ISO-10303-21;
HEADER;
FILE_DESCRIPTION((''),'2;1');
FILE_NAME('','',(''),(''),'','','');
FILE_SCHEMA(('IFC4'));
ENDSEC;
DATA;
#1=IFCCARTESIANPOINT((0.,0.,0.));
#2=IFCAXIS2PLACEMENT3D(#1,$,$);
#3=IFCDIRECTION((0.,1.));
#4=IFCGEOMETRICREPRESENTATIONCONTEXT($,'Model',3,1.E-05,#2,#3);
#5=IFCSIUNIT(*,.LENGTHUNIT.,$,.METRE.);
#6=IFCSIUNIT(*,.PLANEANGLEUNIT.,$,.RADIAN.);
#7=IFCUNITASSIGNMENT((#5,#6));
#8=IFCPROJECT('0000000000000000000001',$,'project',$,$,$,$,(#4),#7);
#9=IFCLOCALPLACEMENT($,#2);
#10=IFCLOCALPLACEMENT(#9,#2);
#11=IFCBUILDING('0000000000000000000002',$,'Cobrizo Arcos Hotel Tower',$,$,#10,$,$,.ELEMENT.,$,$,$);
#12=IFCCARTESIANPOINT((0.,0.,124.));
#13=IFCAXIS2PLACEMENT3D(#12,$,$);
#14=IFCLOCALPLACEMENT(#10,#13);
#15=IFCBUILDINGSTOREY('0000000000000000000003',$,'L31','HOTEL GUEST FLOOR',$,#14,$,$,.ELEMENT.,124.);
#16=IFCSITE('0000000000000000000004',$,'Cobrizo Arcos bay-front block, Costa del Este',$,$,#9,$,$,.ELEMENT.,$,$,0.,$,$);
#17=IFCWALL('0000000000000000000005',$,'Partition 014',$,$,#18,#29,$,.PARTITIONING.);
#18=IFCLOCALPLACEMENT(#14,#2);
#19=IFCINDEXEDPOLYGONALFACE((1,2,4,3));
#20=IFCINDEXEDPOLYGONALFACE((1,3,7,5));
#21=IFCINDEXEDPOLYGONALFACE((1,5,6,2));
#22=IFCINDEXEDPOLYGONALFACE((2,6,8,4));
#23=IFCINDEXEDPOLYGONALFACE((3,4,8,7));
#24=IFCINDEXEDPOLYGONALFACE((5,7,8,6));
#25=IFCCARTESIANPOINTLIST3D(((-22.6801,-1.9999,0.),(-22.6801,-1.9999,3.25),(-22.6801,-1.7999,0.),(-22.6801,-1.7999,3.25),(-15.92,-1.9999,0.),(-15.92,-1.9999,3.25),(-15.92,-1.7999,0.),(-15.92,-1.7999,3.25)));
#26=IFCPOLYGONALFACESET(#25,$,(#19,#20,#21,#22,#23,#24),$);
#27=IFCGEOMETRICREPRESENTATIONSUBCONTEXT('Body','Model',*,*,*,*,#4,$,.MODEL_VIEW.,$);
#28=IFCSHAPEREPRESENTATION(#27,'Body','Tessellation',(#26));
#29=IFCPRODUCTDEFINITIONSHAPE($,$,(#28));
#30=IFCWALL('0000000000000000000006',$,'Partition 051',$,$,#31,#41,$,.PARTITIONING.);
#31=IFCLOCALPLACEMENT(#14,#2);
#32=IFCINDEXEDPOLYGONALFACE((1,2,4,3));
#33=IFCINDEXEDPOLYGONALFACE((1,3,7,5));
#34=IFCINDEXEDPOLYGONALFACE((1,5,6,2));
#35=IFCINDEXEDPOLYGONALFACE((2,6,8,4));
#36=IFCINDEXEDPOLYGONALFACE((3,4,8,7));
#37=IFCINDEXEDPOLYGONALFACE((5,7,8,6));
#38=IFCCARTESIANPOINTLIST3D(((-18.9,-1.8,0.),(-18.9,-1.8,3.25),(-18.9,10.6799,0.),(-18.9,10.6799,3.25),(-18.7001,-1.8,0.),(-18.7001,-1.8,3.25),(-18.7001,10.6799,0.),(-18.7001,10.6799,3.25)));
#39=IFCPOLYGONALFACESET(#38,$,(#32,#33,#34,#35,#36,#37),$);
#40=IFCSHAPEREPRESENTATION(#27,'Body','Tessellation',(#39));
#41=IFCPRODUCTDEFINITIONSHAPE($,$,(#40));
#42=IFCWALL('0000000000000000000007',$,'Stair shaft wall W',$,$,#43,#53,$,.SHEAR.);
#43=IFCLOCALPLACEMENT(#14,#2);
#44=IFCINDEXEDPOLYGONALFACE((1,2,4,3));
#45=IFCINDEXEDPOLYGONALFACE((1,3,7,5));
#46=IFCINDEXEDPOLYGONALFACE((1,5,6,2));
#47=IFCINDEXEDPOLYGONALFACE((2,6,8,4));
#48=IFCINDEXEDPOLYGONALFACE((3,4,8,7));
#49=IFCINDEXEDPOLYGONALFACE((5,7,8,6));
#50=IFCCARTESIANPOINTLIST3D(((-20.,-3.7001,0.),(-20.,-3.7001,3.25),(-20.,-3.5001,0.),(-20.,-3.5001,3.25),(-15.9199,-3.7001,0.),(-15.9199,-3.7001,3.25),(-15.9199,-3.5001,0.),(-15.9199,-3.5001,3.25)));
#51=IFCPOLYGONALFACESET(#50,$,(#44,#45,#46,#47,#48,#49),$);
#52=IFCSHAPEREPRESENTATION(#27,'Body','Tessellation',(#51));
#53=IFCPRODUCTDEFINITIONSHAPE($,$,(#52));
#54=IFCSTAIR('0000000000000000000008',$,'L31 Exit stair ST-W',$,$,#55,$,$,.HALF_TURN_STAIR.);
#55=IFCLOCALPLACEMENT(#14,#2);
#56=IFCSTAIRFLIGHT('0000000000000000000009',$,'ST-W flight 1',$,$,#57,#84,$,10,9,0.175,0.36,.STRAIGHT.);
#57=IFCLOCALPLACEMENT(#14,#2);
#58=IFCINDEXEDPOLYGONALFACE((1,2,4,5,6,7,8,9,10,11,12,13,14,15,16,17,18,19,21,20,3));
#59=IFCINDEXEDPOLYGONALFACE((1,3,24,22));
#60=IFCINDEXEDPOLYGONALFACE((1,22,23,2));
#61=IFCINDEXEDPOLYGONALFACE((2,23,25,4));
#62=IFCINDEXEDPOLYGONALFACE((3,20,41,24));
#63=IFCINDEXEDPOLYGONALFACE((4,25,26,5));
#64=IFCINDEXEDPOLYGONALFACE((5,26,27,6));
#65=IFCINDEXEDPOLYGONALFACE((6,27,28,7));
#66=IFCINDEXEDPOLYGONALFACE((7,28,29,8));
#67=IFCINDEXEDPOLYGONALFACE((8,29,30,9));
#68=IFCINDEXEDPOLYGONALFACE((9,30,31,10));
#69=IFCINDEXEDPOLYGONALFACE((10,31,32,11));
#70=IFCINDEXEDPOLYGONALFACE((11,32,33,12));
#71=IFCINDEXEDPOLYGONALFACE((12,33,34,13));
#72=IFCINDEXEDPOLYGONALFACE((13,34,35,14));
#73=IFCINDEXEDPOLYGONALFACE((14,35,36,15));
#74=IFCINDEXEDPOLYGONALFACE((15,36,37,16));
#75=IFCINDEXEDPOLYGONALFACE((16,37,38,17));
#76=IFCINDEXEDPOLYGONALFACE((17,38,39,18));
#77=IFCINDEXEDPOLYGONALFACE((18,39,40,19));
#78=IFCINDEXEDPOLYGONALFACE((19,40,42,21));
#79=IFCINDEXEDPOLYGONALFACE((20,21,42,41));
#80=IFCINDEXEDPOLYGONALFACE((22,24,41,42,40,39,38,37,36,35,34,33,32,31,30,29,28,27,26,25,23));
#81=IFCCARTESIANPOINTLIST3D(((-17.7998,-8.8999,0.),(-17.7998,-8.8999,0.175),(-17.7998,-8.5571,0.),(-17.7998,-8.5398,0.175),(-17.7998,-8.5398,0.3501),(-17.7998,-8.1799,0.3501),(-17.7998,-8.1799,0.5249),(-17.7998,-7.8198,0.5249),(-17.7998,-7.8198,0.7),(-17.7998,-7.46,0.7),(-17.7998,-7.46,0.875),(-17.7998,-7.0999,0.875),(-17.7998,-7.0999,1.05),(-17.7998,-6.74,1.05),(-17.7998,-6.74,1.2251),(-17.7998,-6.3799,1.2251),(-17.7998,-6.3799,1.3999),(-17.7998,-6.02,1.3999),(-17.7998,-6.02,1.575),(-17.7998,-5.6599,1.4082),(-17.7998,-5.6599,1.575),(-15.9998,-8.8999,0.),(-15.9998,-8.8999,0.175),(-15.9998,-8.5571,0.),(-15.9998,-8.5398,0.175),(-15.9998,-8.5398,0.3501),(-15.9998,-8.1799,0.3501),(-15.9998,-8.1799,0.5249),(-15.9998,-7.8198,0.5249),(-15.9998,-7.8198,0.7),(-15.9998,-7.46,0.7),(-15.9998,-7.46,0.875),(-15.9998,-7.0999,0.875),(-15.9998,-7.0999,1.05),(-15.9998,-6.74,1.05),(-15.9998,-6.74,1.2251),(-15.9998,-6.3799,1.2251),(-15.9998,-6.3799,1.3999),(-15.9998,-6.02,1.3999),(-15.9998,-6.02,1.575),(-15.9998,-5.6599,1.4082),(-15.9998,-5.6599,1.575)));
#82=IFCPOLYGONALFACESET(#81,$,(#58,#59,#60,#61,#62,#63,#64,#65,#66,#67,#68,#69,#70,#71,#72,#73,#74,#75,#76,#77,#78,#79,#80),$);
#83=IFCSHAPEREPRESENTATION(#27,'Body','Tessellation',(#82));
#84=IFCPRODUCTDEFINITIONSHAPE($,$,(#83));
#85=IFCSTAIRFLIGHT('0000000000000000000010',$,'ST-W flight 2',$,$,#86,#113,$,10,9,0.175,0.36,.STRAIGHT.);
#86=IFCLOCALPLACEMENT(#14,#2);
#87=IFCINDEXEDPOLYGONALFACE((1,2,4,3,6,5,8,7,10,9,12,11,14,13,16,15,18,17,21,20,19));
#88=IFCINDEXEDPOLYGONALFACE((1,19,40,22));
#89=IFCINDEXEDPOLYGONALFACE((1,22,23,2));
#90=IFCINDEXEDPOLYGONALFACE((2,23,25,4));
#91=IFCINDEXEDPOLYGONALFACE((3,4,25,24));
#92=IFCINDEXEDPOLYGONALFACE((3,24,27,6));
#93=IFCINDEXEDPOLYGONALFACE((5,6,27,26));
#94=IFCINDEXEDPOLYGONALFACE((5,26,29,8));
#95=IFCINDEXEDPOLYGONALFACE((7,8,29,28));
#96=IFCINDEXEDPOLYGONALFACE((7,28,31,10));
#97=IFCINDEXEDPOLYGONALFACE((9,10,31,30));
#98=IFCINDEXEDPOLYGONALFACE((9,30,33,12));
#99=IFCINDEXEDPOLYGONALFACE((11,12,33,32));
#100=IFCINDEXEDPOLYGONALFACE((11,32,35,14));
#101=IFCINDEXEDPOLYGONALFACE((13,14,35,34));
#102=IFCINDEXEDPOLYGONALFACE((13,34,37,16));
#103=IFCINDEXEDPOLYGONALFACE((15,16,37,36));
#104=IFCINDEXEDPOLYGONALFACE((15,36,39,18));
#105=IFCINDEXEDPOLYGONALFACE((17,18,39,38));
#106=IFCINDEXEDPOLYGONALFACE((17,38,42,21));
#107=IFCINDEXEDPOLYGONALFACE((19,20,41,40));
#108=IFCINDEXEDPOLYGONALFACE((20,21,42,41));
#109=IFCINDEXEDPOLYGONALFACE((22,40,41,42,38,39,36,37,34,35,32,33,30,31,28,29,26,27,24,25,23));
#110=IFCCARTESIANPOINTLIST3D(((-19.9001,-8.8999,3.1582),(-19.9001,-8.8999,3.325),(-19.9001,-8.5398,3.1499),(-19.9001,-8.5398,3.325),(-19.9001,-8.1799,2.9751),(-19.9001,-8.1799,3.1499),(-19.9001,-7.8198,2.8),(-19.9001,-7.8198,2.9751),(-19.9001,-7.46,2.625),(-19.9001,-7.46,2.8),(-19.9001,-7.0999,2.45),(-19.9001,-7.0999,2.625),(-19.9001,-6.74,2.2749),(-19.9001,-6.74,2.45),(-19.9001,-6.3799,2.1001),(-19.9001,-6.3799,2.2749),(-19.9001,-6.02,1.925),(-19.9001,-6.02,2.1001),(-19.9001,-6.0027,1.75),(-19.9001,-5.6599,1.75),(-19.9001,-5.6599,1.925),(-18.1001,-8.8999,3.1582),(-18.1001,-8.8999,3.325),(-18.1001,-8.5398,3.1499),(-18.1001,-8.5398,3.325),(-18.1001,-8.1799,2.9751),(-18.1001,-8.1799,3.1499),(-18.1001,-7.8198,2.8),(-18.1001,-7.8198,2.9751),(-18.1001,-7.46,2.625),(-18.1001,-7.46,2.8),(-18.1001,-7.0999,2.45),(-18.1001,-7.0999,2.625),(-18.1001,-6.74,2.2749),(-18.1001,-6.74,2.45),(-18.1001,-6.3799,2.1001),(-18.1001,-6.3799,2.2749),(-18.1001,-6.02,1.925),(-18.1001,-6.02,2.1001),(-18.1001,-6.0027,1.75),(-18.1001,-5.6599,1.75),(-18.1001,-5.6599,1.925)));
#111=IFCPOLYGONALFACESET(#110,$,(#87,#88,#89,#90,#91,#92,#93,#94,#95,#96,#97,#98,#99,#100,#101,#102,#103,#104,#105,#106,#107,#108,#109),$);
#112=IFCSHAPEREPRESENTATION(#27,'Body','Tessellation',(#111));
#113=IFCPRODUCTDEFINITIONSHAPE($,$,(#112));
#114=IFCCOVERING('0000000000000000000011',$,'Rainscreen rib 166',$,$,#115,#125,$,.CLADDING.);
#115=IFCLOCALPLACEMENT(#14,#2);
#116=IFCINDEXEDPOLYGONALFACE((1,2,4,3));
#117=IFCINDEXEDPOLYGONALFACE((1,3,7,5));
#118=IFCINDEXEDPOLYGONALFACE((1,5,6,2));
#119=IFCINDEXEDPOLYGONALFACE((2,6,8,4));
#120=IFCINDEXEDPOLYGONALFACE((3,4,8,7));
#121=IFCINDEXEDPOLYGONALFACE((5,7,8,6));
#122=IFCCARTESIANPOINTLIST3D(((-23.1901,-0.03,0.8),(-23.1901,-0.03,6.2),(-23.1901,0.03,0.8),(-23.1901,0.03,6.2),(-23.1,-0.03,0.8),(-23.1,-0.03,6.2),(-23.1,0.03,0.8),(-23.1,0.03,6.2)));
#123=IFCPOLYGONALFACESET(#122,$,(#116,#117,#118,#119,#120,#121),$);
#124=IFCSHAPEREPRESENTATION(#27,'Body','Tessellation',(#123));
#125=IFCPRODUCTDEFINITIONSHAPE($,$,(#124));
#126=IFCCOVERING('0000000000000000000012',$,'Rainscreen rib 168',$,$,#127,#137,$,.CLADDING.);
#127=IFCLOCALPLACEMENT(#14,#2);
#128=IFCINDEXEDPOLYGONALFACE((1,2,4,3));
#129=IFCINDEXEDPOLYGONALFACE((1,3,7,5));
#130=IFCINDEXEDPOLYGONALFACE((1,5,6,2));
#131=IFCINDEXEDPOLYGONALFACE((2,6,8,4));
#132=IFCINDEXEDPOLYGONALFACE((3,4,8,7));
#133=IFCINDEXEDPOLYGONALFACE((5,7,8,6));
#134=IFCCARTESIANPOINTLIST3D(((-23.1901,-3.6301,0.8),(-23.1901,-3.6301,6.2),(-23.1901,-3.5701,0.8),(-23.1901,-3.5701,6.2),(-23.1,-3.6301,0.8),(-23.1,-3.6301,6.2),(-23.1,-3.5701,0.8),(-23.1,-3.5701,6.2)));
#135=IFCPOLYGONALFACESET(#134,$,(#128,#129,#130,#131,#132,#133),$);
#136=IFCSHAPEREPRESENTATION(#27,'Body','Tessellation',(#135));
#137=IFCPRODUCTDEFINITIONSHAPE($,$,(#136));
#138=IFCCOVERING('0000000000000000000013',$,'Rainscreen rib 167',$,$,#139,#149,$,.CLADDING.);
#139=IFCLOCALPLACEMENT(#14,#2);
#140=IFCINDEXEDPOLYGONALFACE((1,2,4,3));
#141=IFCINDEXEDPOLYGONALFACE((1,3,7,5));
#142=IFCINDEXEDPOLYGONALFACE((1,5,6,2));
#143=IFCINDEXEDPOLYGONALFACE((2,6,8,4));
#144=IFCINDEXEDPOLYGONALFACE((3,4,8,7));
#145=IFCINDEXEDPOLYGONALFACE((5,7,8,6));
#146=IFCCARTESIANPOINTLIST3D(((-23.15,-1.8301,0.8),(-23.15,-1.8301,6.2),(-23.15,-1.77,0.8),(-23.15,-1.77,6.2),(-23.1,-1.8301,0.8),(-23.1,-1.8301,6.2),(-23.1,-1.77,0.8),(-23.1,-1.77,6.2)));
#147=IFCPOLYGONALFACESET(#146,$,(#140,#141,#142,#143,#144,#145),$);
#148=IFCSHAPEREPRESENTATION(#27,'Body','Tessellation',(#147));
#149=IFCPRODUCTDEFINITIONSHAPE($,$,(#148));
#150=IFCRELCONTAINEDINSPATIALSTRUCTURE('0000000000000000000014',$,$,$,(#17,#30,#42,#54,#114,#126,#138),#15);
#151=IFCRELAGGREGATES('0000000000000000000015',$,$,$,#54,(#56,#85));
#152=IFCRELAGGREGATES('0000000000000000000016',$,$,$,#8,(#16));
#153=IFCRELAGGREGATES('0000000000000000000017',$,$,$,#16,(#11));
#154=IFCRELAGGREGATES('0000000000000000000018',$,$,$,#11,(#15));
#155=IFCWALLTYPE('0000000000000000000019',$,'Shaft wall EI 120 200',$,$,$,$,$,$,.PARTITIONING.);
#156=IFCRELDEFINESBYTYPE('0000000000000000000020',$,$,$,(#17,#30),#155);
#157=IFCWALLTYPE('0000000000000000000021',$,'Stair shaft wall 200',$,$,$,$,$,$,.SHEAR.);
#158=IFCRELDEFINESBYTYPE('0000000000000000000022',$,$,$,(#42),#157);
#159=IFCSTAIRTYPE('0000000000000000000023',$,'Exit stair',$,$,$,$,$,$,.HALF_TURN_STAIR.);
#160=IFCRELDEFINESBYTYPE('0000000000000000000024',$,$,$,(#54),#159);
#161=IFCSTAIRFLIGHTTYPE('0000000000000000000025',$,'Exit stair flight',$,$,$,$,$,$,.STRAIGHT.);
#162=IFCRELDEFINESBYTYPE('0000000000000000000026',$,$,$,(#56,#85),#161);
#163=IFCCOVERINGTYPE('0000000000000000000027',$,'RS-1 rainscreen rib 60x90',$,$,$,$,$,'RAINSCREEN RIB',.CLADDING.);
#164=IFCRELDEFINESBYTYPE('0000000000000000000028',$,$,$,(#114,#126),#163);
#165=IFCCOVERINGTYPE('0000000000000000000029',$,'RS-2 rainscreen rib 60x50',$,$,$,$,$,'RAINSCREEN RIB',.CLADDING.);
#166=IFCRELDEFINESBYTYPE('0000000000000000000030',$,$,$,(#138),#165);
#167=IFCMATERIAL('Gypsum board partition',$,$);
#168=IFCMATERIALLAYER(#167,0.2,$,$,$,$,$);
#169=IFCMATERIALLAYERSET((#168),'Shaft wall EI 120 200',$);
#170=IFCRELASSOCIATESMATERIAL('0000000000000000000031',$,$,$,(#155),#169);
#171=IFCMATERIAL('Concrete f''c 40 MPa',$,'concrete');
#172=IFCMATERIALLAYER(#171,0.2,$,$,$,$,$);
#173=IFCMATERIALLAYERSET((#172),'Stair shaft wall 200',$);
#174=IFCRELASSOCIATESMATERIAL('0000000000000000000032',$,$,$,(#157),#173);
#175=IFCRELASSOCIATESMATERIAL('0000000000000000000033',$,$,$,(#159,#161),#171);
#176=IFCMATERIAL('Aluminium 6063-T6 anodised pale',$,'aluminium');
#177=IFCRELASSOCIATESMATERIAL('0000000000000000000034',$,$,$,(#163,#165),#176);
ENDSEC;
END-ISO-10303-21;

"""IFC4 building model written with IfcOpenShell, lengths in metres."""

from ifc_helpers import new_model, si_unit, direction, frame, frame_2d, origin, origin_2d, place, context, subcontext, project, spatial, polyline, rectangle, outline, extrude, material, layer, layer_set, type_object, element, aggregate, save


model = new_model("IFC4")

# Units and contexts
model_context = context("Model", 3, precision=1e-05, world=origin(), true_north=direction((0.0, 1.0)))
body_context = subcontext(model_context, "Body", "Model", "MODEL_VIEW")
ifc_project = project(units=[si_unit("LENGTHUNIT", "METRE"), si_unit("PLANEANGLEUNIT", "RADIAN")], contexts=[model_context])

# Site, building, storey
site_placement = place(None, origin())
site = spatial("IfcSite", under=ifc_project, at=site_placement, Name="Cobrizo Arcos bay-front block, Costa del Este", CompositionType="ELEMENT", RefElevation=0.0)
building_placement = place(site_placement, origin())
building = spatial("IfcBuilding", under=site, at=building_placement, Name="Cobrizo Arcos Hotel Tower", CompositionType="ELEMENT")
storey_placement = place(building_placement, frame((0.0, 0.0, 124.0)))
storey = spatial("IfcBuildingStorey", under=building, at=storey_placement, Name="L31", Description="HOTEL GUEST FLOOR", CompositionType="ELEMENT", Elevation=124.0)

# Walls
ifc_material_1 = material(Name="Gypsum board partition")
ifc_layer_1 = layer(ifc_material_1, 0.2)
ifc_layer_set_1 = layer_set([ifc_layer_1], Name="Shaft wall EI 120 200")
wall_type_1 = type_object("IfcWallType", Name="Shaft wall EI 120 200", PredefinedType="PARTITIONING", material=ifc_layer_set_1)
wall_1_placement = place(storey_placement, frame((-22.6799, -1.8999, 0.0), z_axis=(0.0, 0.0, 1.0), x_axis=(1.0, 0.0, 0.0)))
element("IfcWall", 1, at=wall_1_placement, inside=storey, type_object=wall_type_1, Name="Partition 014", PredefinedType="PARTITIONING", context=body_context, shape_type="SweptSolid", body=[
    extrude(rectangle(XDim=6.76, YDim=0.2, at=frame_2d((3.3799, 0.0))), origin(), (0.0, 0.0, 1.0), 3.25),
])
wall_2_placement = place(storey_placement, frame((-18.8, -1.8, 0.0), z_axis=(0.0, 0.0, 1.0), x_axis=(0.0, 1.0, 0.0)))
element("IfcWall", 2, at=wall_2_placement, inside=storey, type_object=wall_type_1, Name="Partition 051", PredefinedType="PARTITIONING", context=body_context, shape_type="SweptSolid", body=[
    extrude(rectangle(XDim=12.48, YDim=0.2, at=frame_2d((6.24, 0.0))), origin(), (0.0, 0.0, 1.0), 3.25),
])
ifc_material_2 = material(Name="Concrete f'c 40 MPa", Category="concrete")
ifc_layer_2 = layer(ifc_material_2, 0.2)
ifc_layer_set_2 = layer_set([ifc_layer_2], Name="Stair shaft wall 200")
wall_type_2 = type_object("IfcWallType", Name="Stair shaft wall 200", PredefinedType="SHEAR", material=ifc_layer_set_2)
wall_3_placement = place(storey_placement, frame((-20.0, -3.6001, 0.0), z_axis=(0.0, 0.0, 1.0), x_axis=(1.0, 0.0, 0.0)))
element("IfcWall", 3, at=wall_3_placement, inside=storey, type_object=wall_type_2, Name="Stair shaft wall W", PredefinedType="SHEAR", context=body_context, shape_type="SweptSolid", body=[
    extrude(rectangle(XDim=4.0801, YDim=0.2, at=frame_2d((2.04, 0.0))), origin(), (0.0, 0.0, 1.0), 3.25),
])

# Stair, stair flights
stair_type = type_object("IfcStairType", Name="Exit stair", PredefinedType="HALF_TURN_STAIR", material=ifc_material_2)
stair_placement = place(storey_placement, origin())
stair = element("IfcStair", 4, at=stair_placement, inside=storey, type_object=stair_type, Name="L31 Exit stair ST-W", PredefinedType="HALF_TURN_STAIR")
stair_flight_type = type_object("IfcStairFlightType", Name="Exit stair flight", PredefinedType="STRAIGHT", material=ifc_material_2)
stair_flight_1_placement = place(storey_placement, frame((-16.8999, -8.8999, 0.0), z_axis=(0.0, 0.0, 1.0), x_axis=(0.0, 1.0, 0.0)))
stair_flight_1 = element("IfcStairFlight", 5, at=stair_flight_1_placement, type_object=stair_flight_type, Name="ST-W flight 1", NumberOfRisers=10, NumberOfTreads=9, PredefinedType="STRAIGHT", RiserHeight=0.175, TreadLength=0.36, context=body_context, shape_type="SweptSolid", body=[
    extrude(outline(polyline([(0.0, 0.0), (0.0, 0.175), (0.3601, 0.175), (0.3601, 0.3501), (0.72, 0.3501), (0.72, 0.5249), (1.0801, 0.5249), (1.0801, 0.7), (1.4399, 0.7), (1.4399, 0.875), (1.8, 0.875), (1.8, 1.05), (2.1599, 1.05), (2.1599, 1.2251), (2.52, 1.2251), (2.52, 1.3999), (2.8799, 1.3999), (2.8799, 1.575), (3.24, 1.575), (3.24, 1.75), (3.24, 1.4082), (0.3428, 0.0), (0.0, 0.0)])), frame((0.0, 0.8999, 0.0), z_axis=(0.0, -1.0, 0.0), x_axis=(1.0, 0.0, 0.0)), (0.0, 0.0, 1.0), 1.8),
])
stair_flight_2_placement = place(storey_placement, frame((-19.0, -5.6599, 1.75), z_axis=(0.0, 0.0, 1.0), x_axis=(0.0, -1.0, 0.0)))
stair_flight_2 = element("IfcStairFlight", 6, at=stair_flight_2_placement, type_object=stair_flight_type, Name="ST-W flight 2", NumberOfRisers=10, NumberOfTreads=9, PredefinedType="STRAIGHT", RiserHeight=0.175, TreadLength=0.36, context=body_context, shape_type="SweptSolid", body=[
    extrude(outline(polyline([(0.0, 0.0), (0.0, 0.175), (0.3601, 0.175), (0.3601, 0.3501), (0.72, 0.3501), (0.72, 0.5249), (1.0801, 0.5249), (1.0801, 0.7), (1.4399, 0.7), (1.4399, 0.875), (1.8, 0.875), (1.8, 1.05), (2.1599, 1.05), (2.1599, 1.2251), (2.52, 1.2251), (2.52, 1.3999), (2.8799, 1.3999), (2.8799, 1.575), (3.24, 1.575), (3.24, 1.75), (3.24, 1.4082), (0.3428, 0.0), (0.0, 0.0)])), frame((0.0, 0.8999, 0.0), z_axis=(0.0, -1.0, 0.0), x_axis=(1.0, 0.0, 0.0)), (0.0, 0.0, 1.0), 1.8),
])
aggregate(stair, [stair_flight_1, stair_flight_2])

# Coverings
ifc_material_3 = material(Name="Aluminium 6063-T6 anodised pale", Category="aluminium")
covering_type_1 = type_object("IfcCoveringType", Name="RS-1 rainscreen rib 60x90", ElementType="RAINSCREEN RIB", PredefinedType="CLADDING", material=ifc_material_3)
for number, where, z_axis, x_axis, name in (
    (7, (-23.145, 0.0, 0.8), (0.0, 0.0, 1.0), (0.0, -1.0, 0.0), "Rainscreen rib 166"),
    (8, (-23.145, -3.6001, 0.8), (0.0, 0.0, 1.0), (0.0, -1.0, 0.0), "Rainscreen rib 168"),
):
    element("IfcCovering", number, at=place(storey_placement, frame(where, z_axis=z_axis, x_axis=x_axis)), inside=storey, type_object=covering_type_1, Name=name, PredefinedType="CLADDING", context=body_context, shape_type="SweptSolid", body=[
        extrude(rectangle(XDim=0.0601, YDim=0.0901, at=origin_2d()), origin(), (0.0, 0.0, 1.0), 5.3999),
    ])
covering_type_2 = type_object("IfcCoveringType", Name="RS-2 rainscreen rib 60x50", ElementType="RAINSCREEN RIB", PredefinedType="CLADDING", material=ifc_material_3)
covering_placement = place(storey_placement, frame((-23.125, -1.8, 0.8), z_axis=(0.0, 0.0, 1.0), x_axis=(0.0, -1.0, 0.0)))
element("IfcCovering", 9, at=covering_placement, inside=storey, type_object=covering_type_2, Name="Rainscreen rib 167", PredefinedType="CLADDING", context=body_context, shape_type="SweptSolid", body=[
    extrude(rectangle(XDim=0.0601, YDim=0.05, at=origin_2d()), origin(), (0.0, 0.0, 1.0), 5.3999),
])

save(model, "model.ifc")
